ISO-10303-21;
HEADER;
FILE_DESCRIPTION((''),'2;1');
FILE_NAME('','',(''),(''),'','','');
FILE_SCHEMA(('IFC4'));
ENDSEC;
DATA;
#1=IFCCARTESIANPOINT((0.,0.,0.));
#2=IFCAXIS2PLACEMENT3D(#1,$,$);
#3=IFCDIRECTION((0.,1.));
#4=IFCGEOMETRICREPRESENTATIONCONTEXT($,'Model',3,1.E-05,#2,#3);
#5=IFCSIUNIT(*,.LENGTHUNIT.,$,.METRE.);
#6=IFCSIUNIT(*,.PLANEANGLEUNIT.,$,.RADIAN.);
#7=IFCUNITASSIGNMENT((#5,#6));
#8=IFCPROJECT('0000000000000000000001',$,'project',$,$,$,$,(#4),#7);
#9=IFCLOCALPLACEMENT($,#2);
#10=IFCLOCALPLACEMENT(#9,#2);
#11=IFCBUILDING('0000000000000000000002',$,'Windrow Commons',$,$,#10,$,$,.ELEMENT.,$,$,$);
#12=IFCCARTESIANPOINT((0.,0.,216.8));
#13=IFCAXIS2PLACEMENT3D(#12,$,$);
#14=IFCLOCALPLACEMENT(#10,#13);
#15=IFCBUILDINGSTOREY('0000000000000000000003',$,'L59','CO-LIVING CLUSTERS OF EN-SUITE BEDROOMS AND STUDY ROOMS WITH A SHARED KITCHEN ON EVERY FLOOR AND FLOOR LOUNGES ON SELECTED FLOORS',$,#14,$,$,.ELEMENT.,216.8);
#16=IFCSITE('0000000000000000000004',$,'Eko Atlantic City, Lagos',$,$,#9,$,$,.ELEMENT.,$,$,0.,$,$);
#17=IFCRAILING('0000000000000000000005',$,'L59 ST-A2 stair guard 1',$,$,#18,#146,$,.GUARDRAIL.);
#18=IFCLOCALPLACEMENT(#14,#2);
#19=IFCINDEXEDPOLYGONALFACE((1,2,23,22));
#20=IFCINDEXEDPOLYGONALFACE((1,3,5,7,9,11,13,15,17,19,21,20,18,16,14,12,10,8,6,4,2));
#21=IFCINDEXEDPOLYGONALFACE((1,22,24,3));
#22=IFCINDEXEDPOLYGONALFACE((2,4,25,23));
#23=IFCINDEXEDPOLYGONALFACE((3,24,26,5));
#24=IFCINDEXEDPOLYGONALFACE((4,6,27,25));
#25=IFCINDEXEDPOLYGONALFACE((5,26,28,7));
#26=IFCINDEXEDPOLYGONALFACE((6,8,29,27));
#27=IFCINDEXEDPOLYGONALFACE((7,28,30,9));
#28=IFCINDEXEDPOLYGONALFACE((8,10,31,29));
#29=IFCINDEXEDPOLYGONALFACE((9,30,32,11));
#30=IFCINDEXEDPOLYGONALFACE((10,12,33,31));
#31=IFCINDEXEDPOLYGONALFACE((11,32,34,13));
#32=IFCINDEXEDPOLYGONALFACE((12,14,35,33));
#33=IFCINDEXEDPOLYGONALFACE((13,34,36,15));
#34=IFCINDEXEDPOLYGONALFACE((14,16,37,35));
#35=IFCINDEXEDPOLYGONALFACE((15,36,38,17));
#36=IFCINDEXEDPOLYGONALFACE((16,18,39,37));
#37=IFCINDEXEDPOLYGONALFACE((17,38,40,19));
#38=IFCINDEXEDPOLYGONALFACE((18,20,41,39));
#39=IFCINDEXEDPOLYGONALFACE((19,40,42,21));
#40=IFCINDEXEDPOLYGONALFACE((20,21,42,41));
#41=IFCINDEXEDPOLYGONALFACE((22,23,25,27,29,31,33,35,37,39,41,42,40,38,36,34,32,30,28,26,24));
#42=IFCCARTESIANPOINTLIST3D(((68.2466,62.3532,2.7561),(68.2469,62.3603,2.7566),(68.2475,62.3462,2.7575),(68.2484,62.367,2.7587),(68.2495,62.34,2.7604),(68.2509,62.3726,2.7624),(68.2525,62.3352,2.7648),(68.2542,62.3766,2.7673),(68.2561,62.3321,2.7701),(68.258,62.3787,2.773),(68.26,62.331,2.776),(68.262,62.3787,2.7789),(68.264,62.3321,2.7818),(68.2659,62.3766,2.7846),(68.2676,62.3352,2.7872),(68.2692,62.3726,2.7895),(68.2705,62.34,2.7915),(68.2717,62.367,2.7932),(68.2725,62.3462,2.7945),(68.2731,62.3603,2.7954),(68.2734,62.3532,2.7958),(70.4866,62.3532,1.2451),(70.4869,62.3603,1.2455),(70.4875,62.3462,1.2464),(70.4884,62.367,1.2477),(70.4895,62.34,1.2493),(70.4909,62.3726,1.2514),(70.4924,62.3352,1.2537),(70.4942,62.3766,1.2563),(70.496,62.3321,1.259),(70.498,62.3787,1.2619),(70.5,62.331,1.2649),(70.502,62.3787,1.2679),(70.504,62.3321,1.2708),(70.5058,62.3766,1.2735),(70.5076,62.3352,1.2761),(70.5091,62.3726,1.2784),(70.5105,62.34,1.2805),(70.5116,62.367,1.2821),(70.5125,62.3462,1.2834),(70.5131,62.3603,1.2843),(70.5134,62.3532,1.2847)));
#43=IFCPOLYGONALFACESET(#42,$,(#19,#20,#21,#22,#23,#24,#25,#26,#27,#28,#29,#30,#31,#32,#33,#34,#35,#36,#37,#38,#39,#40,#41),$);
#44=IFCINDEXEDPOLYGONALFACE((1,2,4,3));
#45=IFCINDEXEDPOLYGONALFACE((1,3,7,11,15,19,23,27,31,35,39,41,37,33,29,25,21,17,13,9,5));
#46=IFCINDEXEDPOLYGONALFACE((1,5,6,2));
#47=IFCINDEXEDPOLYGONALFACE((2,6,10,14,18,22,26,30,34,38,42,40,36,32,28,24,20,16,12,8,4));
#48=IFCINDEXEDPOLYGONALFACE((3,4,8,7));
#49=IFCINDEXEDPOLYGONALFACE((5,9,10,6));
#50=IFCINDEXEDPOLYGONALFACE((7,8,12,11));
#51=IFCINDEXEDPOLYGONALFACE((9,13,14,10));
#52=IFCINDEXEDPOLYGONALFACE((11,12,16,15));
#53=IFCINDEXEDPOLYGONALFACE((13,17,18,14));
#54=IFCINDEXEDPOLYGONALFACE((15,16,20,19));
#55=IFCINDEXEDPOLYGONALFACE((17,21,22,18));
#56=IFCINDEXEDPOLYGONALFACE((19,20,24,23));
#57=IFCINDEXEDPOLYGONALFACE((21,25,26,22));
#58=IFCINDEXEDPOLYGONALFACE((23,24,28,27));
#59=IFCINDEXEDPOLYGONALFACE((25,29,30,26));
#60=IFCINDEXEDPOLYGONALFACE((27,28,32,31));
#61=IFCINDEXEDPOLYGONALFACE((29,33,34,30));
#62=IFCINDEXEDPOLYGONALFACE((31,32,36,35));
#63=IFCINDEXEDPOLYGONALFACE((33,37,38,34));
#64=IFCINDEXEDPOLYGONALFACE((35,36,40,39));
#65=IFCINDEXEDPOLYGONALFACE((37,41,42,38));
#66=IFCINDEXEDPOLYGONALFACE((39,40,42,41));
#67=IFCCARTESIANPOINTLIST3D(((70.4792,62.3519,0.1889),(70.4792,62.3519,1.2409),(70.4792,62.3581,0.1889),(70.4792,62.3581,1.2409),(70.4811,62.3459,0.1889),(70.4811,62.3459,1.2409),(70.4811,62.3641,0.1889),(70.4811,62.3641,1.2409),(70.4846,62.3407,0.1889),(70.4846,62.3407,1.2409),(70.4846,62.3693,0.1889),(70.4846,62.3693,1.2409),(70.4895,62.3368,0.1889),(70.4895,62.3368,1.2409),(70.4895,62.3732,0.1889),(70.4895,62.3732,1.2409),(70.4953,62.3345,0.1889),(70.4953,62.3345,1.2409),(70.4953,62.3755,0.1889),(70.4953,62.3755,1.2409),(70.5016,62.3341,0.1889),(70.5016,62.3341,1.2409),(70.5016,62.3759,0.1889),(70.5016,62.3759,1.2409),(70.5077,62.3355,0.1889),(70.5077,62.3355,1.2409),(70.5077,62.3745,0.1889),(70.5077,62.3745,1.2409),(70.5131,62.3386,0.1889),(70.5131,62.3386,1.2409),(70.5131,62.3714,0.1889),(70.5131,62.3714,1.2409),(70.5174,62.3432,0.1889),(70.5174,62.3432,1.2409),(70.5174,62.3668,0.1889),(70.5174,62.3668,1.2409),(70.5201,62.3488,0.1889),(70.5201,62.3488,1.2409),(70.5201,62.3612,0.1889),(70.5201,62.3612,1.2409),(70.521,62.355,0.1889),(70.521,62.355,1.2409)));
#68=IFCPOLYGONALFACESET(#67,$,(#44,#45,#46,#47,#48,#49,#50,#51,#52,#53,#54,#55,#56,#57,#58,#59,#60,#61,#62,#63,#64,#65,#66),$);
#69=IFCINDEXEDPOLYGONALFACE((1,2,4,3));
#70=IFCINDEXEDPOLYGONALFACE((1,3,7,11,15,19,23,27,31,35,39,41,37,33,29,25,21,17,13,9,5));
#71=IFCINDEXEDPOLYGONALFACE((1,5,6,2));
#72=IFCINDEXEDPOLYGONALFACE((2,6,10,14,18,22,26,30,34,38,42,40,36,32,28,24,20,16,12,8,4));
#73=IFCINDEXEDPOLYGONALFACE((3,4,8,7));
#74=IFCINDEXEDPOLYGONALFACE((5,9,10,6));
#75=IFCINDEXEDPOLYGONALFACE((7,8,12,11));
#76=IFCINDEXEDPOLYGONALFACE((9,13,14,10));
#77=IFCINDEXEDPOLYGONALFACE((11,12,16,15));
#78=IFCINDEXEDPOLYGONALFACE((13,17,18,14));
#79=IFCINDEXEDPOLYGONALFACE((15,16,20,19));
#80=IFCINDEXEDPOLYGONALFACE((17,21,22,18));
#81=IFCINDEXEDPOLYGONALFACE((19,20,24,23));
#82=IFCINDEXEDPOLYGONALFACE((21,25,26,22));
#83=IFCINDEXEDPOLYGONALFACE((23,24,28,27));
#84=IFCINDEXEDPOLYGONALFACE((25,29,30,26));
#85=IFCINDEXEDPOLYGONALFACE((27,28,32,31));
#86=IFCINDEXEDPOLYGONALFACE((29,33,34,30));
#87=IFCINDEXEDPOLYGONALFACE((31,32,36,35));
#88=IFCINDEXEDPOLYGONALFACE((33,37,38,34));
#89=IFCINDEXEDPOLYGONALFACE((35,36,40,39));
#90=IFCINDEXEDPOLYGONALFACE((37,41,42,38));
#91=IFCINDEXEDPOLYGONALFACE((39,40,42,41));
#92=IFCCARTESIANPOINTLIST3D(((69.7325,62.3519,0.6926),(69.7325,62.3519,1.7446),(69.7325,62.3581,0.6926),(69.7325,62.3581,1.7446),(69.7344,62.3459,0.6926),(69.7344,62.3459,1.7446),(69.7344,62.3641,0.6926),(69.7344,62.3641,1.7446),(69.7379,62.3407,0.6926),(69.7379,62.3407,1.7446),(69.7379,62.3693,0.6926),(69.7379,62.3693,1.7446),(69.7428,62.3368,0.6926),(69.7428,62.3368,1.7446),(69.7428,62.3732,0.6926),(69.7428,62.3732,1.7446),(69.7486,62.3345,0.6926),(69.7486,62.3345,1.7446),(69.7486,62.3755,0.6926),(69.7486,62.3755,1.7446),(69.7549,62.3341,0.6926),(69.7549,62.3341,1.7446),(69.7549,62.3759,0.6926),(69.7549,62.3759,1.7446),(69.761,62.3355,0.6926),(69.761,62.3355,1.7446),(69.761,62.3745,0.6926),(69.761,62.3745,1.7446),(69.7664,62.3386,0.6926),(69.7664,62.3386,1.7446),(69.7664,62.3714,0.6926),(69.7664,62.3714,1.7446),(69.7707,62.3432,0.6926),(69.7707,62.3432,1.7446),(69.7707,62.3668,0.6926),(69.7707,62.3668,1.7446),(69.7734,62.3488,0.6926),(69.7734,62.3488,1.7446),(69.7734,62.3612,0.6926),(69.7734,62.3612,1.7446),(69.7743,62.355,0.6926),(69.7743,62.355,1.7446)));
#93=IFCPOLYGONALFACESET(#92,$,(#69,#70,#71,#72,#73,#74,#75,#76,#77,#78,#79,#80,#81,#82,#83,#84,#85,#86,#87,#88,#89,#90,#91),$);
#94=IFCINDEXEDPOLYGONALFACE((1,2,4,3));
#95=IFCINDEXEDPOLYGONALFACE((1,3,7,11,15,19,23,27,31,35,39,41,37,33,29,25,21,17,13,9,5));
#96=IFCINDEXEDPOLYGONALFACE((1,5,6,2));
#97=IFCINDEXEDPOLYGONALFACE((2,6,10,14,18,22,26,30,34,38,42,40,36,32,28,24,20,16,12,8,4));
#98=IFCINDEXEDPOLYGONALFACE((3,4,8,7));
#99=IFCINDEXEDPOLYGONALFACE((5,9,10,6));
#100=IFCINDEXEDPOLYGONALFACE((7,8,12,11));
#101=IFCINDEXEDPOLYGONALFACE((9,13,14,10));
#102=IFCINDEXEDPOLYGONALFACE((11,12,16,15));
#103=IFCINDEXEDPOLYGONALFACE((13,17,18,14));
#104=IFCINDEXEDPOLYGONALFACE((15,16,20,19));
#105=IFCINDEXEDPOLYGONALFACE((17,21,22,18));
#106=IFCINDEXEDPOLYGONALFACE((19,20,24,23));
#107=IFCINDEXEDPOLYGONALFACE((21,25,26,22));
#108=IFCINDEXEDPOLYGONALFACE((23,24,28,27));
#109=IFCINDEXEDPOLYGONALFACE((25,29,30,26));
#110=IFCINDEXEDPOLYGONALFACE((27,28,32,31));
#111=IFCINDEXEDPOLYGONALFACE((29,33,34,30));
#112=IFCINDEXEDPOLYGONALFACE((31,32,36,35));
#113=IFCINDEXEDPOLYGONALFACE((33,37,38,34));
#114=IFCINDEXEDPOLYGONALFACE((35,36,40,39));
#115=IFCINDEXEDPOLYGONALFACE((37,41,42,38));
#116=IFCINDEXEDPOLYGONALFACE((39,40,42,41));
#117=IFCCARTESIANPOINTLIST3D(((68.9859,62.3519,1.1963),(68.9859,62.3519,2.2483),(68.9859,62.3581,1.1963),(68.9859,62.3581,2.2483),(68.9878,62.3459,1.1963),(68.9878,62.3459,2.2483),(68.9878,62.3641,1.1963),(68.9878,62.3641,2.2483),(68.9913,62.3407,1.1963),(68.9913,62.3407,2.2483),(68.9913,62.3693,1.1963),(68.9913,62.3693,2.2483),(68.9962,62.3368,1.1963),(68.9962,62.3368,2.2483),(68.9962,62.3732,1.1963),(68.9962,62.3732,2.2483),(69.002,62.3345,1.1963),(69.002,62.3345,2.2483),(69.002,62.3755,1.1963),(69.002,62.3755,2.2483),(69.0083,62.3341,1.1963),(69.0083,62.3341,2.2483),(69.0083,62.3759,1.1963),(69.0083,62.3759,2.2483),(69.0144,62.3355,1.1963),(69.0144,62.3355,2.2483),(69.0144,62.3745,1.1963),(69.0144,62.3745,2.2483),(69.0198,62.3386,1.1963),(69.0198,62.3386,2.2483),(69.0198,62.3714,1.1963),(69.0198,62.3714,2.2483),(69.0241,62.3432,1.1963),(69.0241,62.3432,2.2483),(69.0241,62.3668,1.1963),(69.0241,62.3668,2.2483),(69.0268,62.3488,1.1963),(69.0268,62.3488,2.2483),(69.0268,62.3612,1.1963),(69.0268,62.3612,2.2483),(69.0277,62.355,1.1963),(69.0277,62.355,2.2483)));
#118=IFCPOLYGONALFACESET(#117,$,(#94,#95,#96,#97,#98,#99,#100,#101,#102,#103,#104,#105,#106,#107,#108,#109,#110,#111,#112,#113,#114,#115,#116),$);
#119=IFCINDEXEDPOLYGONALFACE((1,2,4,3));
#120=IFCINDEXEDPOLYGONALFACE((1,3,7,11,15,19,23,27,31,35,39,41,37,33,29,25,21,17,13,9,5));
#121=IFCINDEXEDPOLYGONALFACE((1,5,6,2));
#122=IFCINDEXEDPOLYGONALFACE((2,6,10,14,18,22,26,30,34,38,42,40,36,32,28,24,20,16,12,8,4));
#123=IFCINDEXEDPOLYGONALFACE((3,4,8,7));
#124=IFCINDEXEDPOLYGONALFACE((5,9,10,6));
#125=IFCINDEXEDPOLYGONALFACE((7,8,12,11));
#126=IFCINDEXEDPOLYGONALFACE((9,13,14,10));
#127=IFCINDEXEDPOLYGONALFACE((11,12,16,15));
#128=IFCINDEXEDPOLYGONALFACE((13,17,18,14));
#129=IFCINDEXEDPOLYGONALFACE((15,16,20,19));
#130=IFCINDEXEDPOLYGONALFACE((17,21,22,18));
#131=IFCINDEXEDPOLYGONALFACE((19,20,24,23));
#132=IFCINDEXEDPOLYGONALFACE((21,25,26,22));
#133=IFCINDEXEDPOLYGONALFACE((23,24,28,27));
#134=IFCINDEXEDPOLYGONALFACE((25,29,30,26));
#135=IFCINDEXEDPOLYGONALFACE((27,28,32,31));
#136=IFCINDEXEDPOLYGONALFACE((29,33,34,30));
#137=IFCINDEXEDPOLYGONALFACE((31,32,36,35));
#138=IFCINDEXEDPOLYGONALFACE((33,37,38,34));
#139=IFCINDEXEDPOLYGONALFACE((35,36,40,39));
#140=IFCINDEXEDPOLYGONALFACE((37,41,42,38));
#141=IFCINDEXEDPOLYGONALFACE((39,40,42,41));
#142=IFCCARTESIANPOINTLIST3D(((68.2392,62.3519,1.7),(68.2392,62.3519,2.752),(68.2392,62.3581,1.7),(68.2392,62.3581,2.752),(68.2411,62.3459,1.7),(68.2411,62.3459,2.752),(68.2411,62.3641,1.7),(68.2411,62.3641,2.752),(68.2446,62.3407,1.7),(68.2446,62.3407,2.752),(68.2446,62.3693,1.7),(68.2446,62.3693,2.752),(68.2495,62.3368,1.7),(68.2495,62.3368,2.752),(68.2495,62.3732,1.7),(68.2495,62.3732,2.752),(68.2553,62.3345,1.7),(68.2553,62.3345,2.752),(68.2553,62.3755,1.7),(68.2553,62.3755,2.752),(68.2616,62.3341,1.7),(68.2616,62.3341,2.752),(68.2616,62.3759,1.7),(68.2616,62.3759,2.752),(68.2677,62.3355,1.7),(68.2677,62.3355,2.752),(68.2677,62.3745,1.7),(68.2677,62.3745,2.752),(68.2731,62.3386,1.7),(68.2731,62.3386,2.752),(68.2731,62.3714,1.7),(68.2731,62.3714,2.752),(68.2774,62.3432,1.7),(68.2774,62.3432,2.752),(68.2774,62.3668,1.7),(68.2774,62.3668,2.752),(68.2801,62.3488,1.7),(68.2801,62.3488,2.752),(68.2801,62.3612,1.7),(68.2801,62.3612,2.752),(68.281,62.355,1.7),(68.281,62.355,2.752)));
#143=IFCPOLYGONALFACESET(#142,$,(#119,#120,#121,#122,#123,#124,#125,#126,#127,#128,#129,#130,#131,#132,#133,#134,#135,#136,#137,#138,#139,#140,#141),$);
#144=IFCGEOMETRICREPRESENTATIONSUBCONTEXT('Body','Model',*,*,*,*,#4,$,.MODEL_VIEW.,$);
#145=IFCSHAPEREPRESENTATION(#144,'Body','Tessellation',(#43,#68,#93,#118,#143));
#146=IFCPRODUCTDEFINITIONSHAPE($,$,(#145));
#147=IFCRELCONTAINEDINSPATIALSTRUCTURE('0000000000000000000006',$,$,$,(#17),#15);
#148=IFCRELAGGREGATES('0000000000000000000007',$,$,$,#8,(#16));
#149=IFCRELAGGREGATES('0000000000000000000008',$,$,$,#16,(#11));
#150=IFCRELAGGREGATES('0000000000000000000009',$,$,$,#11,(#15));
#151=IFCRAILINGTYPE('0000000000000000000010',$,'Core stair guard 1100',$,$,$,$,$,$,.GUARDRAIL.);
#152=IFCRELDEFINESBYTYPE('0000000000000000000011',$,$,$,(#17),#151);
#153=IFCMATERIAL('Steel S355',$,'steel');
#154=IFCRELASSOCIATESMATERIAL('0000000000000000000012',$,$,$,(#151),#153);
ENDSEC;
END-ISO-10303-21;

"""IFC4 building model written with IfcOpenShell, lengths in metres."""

from ifc_helpers import new_model, si_unit, direction, frame, origin, origin_2d, place, context, subcontext, project, spatial, circle, extrude, material, type_object, element, save


model = new_model("IFC4")

# Units and contexts
model_context = context("Model", 3, precision=1e-05, world=origin(), true_north=direction((0.0, 1.0)))
body_context = subcontext(model_context, "Body", "Model", "MODEL_VIEW")
ifc_project = project(units=[si_unit("LENGTHUNIT", "METRE"), si_unit("PLANEANGLEUNIT", "RADIAN")], contexts=[model_context])

# Site, building, storey
site_placement = place(None, origin())
site = spatial("IfcSite", under=ifc_project, at=site_placement, Name="Eko Atlantic City, Lagos", CompositionType="ELEMENT", RefElevation=0.0)
building_placement = place(site_placement, origin())
building = spatial("IfcBuilding", under=site, at=building_placement, Name="Windrow Commons", CompositionType="ELEMENT")
storey_placement = place(building_placement, frame((0.0, 0.0, 216.8)))
storey = spatial("IfcBuildingStorey", under=building, at=storey_placement, Name="L59", Description="CO-LIVING CLUSTERS OF EN-SUITE BEDROOMS AND STUDY ROOMS WITH A SHARED KITCHEN ON EVERY FLOOR AND FLOOR LOUNGES ON SELECTED FLOORS", CompositionType="ELEMENT", Elevation=216.8)

# Railing
ifc_material_1 = material(Name="Steel S355", Category="steel")
railing_type_1 = type_object("IfcRailingType", Name="Core stair guard 1100", PredefinedType="GUARDRAIL", material=ifc_material_1)
railing_1_placement = place(storey_placement, frame((70.5, 62.355, 0.1889)))
element("IfcRailing", 1, at=railing_1_placement, inside=storey, type_object=railing_type_1, Name="L59 ST-A2 stair guard 1", PredefinedType="GUARDRAIL", context=body_context, shape_type="SweptSolid", body=[
    extrude(circle(Radius=0.024, at=origin_2d()), frame((0.0, 0.0, 1.076), z_axis=(-0.829003, 0.0, 0.559244), x_axis=(0.0, -1.0, 0.0)), (0.0, 0.0, 1.0), 2.702),
    extrude(circle(Radius=0.021, at=origin_2d()), origin(), (0.0, 0.0, 1.0), 1.052),
    extrude(circle(Radius=0.021, at=origin_2d()), frame((-0.7467, 0.0, 0.5037)), (0.0, 0.0, 1.0), 1.052),
    extrude(circle(Radius=0.021, at=origin_2d()), frame((-1.4933, 0.0, 1.0074)), (0.0, 0.0, 1.0), 1.052),
    extrude(circle(Radius=0.021, at=origin_2d()), frame((-2.24, 0.0, 1.5111)), (0.0, 0.0, 1.0), 1.052),
])

save(model, "model.ifc")
